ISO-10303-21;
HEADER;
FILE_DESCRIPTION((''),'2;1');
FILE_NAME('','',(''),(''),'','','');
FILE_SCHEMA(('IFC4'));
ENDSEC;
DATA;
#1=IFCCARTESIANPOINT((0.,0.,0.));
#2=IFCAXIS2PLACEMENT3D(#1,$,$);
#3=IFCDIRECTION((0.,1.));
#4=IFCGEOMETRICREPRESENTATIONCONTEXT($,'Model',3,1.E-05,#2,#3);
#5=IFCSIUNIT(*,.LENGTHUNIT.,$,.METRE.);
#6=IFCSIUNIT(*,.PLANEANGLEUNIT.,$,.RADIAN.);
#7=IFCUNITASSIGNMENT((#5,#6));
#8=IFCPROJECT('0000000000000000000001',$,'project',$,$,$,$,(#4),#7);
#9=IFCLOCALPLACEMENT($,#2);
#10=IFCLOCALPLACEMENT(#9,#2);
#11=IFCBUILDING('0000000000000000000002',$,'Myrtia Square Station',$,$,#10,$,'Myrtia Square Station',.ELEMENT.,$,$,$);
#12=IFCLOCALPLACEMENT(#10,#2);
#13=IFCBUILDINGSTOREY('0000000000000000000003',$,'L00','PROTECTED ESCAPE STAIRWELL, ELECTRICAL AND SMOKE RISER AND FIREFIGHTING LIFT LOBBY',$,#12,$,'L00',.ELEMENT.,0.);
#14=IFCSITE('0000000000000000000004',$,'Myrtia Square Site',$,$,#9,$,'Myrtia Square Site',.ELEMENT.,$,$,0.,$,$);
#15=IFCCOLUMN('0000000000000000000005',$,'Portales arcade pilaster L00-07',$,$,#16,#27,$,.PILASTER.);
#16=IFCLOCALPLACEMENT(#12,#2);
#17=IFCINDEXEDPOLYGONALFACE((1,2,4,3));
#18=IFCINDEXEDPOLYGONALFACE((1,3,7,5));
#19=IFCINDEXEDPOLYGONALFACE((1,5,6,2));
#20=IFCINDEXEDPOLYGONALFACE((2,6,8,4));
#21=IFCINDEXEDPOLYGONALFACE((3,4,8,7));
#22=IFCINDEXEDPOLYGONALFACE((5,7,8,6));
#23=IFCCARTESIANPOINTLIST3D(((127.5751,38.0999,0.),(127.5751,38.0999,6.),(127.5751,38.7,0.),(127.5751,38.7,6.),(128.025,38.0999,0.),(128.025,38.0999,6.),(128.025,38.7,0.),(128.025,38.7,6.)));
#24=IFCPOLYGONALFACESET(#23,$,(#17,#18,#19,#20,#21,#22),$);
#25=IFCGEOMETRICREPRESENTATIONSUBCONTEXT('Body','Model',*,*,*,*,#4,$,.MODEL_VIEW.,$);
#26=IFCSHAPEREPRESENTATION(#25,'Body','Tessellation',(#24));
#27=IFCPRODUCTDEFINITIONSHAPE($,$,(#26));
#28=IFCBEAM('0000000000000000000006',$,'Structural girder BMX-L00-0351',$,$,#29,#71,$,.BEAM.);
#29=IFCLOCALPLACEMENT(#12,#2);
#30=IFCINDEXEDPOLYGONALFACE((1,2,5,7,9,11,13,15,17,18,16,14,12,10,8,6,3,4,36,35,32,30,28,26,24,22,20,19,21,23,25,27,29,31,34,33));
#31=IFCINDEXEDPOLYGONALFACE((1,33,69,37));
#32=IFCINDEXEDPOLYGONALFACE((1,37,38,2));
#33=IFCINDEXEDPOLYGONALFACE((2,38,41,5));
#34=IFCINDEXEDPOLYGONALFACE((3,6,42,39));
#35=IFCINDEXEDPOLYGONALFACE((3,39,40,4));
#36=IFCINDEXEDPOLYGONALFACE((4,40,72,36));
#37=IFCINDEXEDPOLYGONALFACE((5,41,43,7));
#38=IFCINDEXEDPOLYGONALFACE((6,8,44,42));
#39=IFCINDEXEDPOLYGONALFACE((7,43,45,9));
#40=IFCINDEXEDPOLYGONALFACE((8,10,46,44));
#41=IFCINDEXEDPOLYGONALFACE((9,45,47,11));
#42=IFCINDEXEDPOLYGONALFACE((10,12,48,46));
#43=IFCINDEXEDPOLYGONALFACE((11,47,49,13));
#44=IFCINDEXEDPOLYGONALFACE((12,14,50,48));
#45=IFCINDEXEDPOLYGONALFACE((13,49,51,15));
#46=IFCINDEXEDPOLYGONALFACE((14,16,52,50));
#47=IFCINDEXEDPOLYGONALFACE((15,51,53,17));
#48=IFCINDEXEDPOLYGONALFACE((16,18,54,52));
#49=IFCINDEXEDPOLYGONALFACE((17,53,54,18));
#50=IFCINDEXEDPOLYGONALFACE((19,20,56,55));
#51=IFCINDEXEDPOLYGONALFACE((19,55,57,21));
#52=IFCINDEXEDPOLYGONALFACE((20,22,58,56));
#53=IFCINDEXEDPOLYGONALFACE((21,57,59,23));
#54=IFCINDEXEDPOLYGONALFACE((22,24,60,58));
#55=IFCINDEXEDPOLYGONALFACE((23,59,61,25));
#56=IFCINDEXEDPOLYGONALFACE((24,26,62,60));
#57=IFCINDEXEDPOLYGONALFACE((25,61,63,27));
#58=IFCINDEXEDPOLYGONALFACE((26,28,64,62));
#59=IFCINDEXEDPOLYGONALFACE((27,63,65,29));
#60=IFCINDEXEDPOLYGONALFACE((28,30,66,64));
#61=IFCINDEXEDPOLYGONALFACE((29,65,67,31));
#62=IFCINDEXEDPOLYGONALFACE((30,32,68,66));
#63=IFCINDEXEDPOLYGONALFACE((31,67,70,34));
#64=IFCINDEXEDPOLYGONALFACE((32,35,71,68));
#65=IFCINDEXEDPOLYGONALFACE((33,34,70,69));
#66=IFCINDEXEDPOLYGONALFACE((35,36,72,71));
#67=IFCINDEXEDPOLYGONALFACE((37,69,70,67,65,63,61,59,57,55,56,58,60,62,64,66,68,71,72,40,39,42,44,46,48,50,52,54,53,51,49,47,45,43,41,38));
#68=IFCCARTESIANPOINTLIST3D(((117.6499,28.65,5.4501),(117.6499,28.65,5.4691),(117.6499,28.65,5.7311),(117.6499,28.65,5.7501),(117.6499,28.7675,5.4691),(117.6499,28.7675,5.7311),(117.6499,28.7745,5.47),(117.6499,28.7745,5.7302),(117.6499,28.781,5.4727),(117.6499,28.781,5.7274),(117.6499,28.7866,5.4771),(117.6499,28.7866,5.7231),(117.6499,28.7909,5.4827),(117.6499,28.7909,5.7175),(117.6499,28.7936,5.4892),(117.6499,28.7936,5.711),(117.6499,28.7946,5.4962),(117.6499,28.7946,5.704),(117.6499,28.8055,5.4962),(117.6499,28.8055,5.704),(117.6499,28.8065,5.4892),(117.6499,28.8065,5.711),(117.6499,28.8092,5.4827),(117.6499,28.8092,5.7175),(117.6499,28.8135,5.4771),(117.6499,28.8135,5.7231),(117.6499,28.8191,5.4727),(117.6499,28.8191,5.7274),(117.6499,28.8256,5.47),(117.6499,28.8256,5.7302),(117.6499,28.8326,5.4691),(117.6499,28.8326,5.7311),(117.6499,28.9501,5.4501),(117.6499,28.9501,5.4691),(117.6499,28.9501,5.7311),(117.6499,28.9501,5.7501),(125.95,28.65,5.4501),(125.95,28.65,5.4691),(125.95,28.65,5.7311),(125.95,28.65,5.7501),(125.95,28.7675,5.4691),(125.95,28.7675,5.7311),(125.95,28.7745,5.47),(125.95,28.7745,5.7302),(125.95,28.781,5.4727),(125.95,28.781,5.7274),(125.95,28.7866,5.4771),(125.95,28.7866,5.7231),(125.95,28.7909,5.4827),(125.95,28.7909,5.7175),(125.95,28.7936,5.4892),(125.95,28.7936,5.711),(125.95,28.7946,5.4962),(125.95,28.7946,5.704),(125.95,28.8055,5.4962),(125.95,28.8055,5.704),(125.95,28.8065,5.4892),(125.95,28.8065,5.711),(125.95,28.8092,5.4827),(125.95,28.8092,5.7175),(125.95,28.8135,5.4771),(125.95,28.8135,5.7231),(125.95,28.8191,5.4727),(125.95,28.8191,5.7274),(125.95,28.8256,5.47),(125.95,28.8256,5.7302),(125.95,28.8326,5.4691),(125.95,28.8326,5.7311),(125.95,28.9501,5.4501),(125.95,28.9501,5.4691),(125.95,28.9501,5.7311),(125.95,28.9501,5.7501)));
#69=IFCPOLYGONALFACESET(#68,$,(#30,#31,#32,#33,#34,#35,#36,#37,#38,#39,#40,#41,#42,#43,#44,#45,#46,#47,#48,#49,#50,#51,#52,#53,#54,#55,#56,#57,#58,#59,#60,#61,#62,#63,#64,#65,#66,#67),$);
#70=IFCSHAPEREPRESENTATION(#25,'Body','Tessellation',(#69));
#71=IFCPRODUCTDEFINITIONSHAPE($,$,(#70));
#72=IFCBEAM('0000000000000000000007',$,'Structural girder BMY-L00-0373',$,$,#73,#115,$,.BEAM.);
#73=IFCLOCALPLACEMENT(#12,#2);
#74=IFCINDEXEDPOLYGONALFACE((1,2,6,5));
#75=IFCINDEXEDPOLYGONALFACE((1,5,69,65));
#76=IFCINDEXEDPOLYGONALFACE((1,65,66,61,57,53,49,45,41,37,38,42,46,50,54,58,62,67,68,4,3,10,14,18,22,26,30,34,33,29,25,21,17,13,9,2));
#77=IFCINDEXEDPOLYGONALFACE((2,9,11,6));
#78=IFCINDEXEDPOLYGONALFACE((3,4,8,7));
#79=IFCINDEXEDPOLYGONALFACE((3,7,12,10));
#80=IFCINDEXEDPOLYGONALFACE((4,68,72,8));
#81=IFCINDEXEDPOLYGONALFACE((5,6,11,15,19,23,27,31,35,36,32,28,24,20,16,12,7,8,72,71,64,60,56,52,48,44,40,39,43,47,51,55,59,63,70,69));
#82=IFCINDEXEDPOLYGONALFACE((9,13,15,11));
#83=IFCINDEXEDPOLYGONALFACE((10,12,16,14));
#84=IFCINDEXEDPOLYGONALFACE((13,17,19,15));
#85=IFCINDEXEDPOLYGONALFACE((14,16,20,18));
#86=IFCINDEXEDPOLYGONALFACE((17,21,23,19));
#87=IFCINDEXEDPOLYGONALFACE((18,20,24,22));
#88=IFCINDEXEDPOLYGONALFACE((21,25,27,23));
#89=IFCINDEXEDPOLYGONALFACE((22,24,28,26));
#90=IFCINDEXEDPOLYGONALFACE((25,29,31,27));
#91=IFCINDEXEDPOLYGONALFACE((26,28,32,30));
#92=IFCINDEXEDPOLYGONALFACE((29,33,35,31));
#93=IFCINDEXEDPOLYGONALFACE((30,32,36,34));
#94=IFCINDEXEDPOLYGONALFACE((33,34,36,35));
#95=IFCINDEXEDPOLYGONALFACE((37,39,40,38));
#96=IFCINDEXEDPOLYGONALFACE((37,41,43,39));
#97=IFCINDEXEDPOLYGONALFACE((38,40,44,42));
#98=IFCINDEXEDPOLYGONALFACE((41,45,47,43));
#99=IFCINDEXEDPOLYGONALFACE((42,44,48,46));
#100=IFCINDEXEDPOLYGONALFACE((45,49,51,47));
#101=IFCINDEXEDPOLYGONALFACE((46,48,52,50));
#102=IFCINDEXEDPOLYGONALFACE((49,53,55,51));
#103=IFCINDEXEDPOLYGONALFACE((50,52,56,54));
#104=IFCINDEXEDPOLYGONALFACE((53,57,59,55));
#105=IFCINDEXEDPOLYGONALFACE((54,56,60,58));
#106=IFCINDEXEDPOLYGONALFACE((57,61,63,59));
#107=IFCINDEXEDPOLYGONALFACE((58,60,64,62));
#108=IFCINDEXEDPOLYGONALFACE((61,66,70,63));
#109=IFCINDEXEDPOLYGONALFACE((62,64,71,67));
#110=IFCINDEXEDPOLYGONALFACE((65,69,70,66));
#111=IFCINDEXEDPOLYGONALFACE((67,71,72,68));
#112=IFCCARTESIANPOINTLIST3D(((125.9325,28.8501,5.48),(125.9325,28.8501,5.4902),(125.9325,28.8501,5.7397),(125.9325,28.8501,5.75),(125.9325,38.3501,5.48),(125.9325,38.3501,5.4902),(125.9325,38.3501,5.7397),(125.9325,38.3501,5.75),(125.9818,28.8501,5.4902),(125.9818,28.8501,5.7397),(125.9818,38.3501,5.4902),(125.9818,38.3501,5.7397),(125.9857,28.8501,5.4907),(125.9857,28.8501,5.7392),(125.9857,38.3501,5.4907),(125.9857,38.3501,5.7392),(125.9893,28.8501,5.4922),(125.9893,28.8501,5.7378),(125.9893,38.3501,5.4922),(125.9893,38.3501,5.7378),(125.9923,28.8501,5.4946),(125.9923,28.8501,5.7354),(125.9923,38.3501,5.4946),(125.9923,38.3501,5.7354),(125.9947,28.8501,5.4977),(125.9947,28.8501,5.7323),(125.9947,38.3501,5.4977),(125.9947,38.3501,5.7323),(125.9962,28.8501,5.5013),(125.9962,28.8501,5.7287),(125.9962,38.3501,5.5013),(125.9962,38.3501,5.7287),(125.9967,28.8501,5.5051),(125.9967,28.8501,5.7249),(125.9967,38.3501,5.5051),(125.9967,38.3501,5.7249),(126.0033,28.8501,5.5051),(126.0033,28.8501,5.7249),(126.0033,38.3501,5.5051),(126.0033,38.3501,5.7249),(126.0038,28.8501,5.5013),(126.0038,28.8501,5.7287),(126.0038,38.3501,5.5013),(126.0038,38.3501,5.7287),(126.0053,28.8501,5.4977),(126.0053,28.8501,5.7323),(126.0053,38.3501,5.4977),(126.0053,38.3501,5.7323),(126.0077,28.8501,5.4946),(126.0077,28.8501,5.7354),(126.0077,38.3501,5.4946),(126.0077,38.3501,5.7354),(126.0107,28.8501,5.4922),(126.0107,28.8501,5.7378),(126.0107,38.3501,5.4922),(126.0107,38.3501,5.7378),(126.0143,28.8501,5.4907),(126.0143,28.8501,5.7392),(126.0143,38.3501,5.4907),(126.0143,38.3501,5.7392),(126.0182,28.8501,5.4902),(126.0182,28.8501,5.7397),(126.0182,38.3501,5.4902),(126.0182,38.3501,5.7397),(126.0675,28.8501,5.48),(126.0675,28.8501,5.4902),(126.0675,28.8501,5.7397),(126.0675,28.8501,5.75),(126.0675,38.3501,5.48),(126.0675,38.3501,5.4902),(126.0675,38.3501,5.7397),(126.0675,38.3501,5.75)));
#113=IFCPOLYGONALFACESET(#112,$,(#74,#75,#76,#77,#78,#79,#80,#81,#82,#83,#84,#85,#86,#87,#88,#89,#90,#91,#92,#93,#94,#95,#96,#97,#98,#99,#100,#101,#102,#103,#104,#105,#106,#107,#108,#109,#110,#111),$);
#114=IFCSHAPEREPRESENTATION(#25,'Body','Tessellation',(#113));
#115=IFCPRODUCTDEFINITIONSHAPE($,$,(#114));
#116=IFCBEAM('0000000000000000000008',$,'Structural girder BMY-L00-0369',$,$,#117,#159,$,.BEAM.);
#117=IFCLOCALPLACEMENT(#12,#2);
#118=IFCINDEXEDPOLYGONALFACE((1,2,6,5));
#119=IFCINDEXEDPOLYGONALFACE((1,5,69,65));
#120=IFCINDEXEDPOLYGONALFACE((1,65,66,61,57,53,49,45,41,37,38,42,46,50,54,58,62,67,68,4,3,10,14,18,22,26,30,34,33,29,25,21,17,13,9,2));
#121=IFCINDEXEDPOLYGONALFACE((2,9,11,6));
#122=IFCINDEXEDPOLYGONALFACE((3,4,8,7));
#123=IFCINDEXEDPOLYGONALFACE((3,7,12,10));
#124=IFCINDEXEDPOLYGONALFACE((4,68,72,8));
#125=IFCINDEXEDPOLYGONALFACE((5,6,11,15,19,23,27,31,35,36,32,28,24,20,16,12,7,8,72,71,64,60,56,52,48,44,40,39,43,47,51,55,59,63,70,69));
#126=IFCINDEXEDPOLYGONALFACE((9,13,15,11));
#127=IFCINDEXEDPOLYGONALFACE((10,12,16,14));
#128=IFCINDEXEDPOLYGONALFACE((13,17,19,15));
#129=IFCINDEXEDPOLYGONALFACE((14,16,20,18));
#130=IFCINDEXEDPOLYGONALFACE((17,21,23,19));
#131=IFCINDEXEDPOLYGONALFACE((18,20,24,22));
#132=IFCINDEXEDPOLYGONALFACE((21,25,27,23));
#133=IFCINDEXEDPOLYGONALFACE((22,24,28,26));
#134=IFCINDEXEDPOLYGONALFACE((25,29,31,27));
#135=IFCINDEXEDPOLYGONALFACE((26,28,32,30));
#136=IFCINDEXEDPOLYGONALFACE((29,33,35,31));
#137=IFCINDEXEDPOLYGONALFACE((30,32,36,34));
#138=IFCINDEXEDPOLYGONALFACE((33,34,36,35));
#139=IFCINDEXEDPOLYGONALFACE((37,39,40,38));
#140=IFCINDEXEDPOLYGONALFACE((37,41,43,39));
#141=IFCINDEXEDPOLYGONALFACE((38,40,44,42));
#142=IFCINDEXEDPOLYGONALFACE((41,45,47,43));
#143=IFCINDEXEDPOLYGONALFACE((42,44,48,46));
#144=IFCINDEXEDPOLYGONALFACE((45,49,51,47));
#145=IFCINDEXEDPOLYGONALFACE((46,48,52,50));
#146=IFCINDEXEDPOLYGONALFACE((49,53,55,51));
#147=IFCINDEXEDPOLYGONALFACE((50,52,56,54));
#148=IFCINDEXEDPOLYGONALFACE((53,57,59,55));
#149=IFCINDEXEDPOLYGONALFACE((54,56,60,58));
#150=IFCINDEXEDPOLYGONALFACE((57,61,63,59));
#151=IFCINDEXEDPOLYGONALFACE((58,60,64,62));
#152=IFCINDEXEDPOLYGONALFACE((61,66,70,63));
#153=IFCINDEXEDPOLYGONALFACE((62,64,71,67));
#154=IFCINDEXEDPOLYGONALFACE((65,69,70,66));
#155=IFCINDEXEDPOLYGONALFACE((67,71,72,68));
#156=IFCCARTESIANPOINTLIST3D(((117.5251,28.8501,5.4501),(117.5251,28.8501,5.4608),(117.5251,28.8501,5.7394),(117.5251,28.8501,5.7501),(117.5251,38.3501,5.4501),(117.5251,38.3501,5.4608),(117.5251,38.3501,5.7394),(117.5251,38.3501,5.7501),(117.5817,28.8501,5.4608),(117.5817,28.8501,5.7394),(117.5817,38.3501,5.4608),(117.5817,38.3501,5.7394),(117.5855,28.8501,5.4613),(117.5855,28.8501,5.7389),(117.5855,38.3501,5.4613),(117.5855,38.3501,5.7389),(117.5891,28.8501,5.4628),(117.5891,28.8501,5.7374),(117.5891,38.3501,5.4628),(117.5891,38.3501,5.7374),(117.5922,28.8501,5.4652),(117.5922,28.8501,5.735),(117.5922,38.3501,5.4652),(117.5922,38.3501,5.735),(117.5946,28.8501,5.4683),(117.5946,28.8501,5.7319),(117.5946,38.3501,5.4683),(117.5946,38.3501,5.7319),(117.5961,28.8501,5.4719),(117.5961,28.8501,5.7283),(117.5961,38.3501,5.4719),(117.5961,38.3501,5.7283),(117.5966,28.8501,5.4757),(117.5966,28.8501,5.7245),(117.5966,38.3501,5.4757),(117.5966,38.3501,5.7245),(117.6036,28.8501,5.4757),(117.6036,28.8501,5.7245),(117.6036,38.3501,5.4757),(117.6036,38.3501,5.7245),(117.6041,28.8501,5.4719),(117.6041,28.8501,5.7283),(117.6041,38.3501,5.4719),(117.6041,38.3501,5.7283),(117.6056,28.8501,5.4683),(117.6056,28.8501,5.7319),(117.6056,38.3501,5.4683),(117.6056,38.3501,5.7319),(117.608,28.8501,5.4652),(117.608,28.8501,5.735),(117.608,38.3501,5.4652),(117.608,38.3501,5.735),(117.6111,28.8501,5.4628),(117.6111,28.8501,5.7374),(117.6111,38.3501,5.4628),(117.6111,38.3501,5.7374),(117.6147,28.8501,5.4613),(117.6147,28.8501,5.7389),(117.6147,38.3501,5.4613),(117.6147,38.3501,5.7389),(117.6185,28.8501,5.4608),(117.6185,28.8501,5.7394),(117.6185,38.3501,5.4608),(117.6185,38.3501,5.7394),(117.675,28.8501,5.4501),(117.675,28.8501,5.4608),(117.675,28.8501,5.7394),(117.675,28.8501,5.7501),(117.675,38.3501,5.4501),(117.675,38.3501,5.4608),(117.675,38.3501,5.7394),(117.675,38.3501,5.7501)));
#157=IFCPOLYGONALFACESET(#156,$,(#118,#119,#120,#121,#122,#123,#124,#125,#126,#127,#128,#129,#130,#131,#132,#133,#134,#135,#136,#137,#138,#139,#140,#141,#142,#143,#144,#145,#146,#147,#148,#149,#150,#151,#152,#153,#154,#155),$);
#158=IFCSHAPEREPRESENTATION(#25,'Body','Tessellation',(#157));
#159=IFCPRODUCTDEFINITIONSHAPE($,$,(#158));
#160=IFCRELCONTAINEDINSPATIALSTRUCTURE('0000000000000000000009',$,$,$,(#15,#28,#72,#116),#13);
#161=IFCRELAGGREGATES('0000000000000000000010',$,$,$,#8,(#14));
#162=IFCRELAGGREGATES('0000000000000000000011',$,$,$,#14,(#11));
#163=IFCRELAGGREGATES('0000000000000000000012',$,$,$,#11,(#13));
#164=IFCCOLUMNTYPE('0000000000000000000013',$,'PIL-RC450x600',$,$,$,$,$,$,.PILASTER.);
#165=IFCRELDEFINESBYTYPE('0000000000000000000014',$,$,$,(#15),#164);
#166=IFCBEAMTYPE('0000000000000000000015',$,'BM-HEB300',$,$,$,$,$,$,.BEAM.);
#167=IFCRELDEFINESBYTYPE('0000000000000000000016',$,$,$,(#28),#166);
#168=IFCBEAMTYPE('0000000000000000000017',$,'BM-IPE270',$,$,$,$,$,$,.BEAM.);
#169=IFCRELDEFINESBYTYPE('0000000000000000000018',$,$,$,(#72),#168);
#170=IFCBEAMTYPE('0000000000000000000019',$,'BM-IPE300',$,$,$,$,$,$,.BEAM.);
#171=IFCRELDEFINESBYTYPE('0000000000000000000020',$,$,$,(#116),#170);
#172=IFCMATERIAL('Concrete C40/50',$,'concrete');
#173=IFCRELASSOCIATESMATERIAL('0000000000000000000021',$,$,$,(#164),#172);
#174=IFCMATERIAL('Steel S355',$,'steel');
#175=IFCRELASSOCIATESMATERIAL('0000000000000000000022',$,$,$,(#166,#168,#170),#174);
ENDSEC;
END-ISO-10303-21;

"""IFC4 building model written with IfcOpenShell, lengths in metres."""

from ifc_helpers import new_model, si_unit, direction, frame, origin, origin_2d, place, context, subcontext, project, spatial, rectangle, i_section, extrude, material, material_profile, profile_set, type_object, element, save


model = new_model("IFC4")

# Units and contexts
model_context = context("Model", 3, precision=1e-05, world=origin(), true_north=direction((0.0, 1.0)))
body_context = subcontext(model_context, "Body", "Model", "MODEL_VIEW")
ifc_project = project(units=[si_unit("LENGTHUNIT", "METRE"), si_unit("PLANEANGLEUNIT", "RADIAN")], contexts=[model_context])

# Site, building, storey
site_placement = place(None, origin())
site = spatial("IfcSite", under=ifc_project, at=site_placement, Name="Myrtia Square Site", LongName="Myrtia Square Site", CompositionType="ELEMENT", RefElevation=0.0)
building_placement = place(site_placement, origin())
building = spatial("IfcBuilding", under=site, at=building_placement, Name="Myrtia Square Station", LongName="Myrtia Square Station", CompositionType="ELEMENT")
storey_placement = place(building_placement, origin())
storey = spatial("IfcBuildingStorey", under=building, at=storey_placement, Name="L00", Description="PROTECTED ESCAPE STAIRWELL, ELECTRICAL AND SMOKE RISER AND FIREFIGHTING LIFT LOBBY", LongName="L00", CompositionType="ELEMENT", Elevation=0.0)

# Column
ifc_material_1 = material(Name="Steel S355", Category="steel")
ifc_material_2 = material(Name="Concrete C40/50", Category="concrete")
ifc_material_profile_1 = material_profile(ifc_material_2, rectangle(XDim=0.45, YDim=0.6001, at=origin_2d()), Name="PIL 450x600")
ifc_profile_set_1 = profile_set([ifc_material_profile_1], Name="Concrete C40/50")
column_type_1 = type_object("IfcColumnType", Name="PIL-RC450x600", PredefinedType="PILASTER", material=ifc_profile_set_1)
for number, where, z_axis, x_axis, name in (
    (1, (127.8, 38.3999, 0.0), (0.0, 0.0, 1.0), (1.0, 0.0, 0.0), "Portales arcade pilaster L00-07"),
):
    element("IfcColumn", number, at=place(storey_placement, frame(where, z_axis=z_axis, x_axis=x_axis)), inside=storey, type_object=column_type_1, Name=name, PredefinedType="PILASTER", context=body_context, shape_type="SweptSolid", body=[
        extrude(rectangle(XDim=0.45, YDim=0.6001, at=origin_2d()), origin(), (0.0, 0.0, 1.0), 6.0),
    ])

# Beams
ifc_material_profile_2 = material_profile(ifc_material_1, i_section(OverallWidth=0.3, OverallDepth=0.3, WebThickness=0.011, FlangeThickness=0.019, FilletRadius=0.0271, at=origin_2d()), Name="HEB 300")
ifc_profile_set_2 = profile_set([ifc_material_profile_2], Name="Steel S355")
beam_type_1 = type_object("IfcBeamType", Name="BM-HEB300", PredefinedType="BEAM", material=ifc_profile_set_2)
beam_1_placement = place(storey_placement, frame((117.6499, 28.8, 5.6001), z_axis=(1.0, 0.0, 0.0), x_axis=(0.0, 1.0, 0.0)))
element("IfcBeam", 2, at=beam_1_placement, inside=storey, type_object=beam_type_1, Name="Structural girder BMX-L00-0351", PredefinedType="BEAM", context=body_context, shape_type="SweptSolid", body=[
    extrude(i_section(OverallWidth=0.3, OverallDepth=0.3, WebThickness=0.011, FlangeThickness=0.019, FilletRadius=0.0271, at=origin_2d()), origin(), (0.0, 0.0, 1.0), 8.3),
])
ifc_material_profile_3 = material_profile(ifc_material_1, i_section(OverallWidth=0.135, OverallDepth=0.27, WebThickness=0.0066, FlangeThickness=0.0103, FilletRadius=0.0149, at=origin_2d()), Name="IPE 270")
ifc_profile_set_3 = profile_set([ifc_material_profile_3], Name="Steel S355")
beam_type_2 = type_object("IfcBeamType", Name="BM-IPE270", PredefinedType="BEAM", material=ifc_profile_set_3)
beam_2_placement = place(storey_placement, frame((126.0, 28.8501, 5.615), z_axis=(0.0, 1.0, 0.0), x_axis=(-1.0, 0.0, 0.0)))
element("IfcBeam", 3, at=beam_2_placement, inside=storey, type_object=beam_type_2, Name="Structural girder BMY-L00-0373", PredefinedType="BEAM", context=body_context, shape_type="SweptSolid", body=[
    extrude(i_section(OverallWidth=0.135, OverallDepth=0.27, WebThickness=0.0066, FlangeThickness=0.0103, FilletRadius=0.0149, at=origin_2d()), origin(), (0.0, 0.0, 1.0), 9.5),
])
ifc_material_profile_4 = material_profile(ifc_material_1, i_section(OverallWidth=0.1499, OverallDepth=0.3, WebThickness=0.0071, FlangeThickness=0.0107, FilletRadius=0.0149, at=origin_2d()), Name="IPE 300")
ifc_profile_set_4 = profile_set([ifc_material_profile_4], Name="Steel S355")
beam_type_3 = type_object("IfcBeamType", Name="BM-IPE300", PredefinedType="BEAM", material=ifc_profile_set_4)
beam_3_placement = place(storey_placement, frame((117.6001, 28.8501, 5.6001), z_axis=(0.0, 1.0, 0.0), x_axis=(-1.0, 0.0, 0.0)))
element("IfcBeam", 4, at=beam_3_placement, inside=storey, type_object=beam_type_3, Name="Structural girder BMY-L00-0369", PredefinedType="BEAM", context=body_context, shape_type="SweptSolid", body=[
    extrude(i_section(OverallWidth=0.1499, OverallDepth=0.3, WebThickness=0.0071, FlangeThickness=0.0107, FilletRadius=0.0149, at=origin_2d()), origin(), (0.0, 0.0, 1.0), 9.5),
])

save(model, "model.ifc")
